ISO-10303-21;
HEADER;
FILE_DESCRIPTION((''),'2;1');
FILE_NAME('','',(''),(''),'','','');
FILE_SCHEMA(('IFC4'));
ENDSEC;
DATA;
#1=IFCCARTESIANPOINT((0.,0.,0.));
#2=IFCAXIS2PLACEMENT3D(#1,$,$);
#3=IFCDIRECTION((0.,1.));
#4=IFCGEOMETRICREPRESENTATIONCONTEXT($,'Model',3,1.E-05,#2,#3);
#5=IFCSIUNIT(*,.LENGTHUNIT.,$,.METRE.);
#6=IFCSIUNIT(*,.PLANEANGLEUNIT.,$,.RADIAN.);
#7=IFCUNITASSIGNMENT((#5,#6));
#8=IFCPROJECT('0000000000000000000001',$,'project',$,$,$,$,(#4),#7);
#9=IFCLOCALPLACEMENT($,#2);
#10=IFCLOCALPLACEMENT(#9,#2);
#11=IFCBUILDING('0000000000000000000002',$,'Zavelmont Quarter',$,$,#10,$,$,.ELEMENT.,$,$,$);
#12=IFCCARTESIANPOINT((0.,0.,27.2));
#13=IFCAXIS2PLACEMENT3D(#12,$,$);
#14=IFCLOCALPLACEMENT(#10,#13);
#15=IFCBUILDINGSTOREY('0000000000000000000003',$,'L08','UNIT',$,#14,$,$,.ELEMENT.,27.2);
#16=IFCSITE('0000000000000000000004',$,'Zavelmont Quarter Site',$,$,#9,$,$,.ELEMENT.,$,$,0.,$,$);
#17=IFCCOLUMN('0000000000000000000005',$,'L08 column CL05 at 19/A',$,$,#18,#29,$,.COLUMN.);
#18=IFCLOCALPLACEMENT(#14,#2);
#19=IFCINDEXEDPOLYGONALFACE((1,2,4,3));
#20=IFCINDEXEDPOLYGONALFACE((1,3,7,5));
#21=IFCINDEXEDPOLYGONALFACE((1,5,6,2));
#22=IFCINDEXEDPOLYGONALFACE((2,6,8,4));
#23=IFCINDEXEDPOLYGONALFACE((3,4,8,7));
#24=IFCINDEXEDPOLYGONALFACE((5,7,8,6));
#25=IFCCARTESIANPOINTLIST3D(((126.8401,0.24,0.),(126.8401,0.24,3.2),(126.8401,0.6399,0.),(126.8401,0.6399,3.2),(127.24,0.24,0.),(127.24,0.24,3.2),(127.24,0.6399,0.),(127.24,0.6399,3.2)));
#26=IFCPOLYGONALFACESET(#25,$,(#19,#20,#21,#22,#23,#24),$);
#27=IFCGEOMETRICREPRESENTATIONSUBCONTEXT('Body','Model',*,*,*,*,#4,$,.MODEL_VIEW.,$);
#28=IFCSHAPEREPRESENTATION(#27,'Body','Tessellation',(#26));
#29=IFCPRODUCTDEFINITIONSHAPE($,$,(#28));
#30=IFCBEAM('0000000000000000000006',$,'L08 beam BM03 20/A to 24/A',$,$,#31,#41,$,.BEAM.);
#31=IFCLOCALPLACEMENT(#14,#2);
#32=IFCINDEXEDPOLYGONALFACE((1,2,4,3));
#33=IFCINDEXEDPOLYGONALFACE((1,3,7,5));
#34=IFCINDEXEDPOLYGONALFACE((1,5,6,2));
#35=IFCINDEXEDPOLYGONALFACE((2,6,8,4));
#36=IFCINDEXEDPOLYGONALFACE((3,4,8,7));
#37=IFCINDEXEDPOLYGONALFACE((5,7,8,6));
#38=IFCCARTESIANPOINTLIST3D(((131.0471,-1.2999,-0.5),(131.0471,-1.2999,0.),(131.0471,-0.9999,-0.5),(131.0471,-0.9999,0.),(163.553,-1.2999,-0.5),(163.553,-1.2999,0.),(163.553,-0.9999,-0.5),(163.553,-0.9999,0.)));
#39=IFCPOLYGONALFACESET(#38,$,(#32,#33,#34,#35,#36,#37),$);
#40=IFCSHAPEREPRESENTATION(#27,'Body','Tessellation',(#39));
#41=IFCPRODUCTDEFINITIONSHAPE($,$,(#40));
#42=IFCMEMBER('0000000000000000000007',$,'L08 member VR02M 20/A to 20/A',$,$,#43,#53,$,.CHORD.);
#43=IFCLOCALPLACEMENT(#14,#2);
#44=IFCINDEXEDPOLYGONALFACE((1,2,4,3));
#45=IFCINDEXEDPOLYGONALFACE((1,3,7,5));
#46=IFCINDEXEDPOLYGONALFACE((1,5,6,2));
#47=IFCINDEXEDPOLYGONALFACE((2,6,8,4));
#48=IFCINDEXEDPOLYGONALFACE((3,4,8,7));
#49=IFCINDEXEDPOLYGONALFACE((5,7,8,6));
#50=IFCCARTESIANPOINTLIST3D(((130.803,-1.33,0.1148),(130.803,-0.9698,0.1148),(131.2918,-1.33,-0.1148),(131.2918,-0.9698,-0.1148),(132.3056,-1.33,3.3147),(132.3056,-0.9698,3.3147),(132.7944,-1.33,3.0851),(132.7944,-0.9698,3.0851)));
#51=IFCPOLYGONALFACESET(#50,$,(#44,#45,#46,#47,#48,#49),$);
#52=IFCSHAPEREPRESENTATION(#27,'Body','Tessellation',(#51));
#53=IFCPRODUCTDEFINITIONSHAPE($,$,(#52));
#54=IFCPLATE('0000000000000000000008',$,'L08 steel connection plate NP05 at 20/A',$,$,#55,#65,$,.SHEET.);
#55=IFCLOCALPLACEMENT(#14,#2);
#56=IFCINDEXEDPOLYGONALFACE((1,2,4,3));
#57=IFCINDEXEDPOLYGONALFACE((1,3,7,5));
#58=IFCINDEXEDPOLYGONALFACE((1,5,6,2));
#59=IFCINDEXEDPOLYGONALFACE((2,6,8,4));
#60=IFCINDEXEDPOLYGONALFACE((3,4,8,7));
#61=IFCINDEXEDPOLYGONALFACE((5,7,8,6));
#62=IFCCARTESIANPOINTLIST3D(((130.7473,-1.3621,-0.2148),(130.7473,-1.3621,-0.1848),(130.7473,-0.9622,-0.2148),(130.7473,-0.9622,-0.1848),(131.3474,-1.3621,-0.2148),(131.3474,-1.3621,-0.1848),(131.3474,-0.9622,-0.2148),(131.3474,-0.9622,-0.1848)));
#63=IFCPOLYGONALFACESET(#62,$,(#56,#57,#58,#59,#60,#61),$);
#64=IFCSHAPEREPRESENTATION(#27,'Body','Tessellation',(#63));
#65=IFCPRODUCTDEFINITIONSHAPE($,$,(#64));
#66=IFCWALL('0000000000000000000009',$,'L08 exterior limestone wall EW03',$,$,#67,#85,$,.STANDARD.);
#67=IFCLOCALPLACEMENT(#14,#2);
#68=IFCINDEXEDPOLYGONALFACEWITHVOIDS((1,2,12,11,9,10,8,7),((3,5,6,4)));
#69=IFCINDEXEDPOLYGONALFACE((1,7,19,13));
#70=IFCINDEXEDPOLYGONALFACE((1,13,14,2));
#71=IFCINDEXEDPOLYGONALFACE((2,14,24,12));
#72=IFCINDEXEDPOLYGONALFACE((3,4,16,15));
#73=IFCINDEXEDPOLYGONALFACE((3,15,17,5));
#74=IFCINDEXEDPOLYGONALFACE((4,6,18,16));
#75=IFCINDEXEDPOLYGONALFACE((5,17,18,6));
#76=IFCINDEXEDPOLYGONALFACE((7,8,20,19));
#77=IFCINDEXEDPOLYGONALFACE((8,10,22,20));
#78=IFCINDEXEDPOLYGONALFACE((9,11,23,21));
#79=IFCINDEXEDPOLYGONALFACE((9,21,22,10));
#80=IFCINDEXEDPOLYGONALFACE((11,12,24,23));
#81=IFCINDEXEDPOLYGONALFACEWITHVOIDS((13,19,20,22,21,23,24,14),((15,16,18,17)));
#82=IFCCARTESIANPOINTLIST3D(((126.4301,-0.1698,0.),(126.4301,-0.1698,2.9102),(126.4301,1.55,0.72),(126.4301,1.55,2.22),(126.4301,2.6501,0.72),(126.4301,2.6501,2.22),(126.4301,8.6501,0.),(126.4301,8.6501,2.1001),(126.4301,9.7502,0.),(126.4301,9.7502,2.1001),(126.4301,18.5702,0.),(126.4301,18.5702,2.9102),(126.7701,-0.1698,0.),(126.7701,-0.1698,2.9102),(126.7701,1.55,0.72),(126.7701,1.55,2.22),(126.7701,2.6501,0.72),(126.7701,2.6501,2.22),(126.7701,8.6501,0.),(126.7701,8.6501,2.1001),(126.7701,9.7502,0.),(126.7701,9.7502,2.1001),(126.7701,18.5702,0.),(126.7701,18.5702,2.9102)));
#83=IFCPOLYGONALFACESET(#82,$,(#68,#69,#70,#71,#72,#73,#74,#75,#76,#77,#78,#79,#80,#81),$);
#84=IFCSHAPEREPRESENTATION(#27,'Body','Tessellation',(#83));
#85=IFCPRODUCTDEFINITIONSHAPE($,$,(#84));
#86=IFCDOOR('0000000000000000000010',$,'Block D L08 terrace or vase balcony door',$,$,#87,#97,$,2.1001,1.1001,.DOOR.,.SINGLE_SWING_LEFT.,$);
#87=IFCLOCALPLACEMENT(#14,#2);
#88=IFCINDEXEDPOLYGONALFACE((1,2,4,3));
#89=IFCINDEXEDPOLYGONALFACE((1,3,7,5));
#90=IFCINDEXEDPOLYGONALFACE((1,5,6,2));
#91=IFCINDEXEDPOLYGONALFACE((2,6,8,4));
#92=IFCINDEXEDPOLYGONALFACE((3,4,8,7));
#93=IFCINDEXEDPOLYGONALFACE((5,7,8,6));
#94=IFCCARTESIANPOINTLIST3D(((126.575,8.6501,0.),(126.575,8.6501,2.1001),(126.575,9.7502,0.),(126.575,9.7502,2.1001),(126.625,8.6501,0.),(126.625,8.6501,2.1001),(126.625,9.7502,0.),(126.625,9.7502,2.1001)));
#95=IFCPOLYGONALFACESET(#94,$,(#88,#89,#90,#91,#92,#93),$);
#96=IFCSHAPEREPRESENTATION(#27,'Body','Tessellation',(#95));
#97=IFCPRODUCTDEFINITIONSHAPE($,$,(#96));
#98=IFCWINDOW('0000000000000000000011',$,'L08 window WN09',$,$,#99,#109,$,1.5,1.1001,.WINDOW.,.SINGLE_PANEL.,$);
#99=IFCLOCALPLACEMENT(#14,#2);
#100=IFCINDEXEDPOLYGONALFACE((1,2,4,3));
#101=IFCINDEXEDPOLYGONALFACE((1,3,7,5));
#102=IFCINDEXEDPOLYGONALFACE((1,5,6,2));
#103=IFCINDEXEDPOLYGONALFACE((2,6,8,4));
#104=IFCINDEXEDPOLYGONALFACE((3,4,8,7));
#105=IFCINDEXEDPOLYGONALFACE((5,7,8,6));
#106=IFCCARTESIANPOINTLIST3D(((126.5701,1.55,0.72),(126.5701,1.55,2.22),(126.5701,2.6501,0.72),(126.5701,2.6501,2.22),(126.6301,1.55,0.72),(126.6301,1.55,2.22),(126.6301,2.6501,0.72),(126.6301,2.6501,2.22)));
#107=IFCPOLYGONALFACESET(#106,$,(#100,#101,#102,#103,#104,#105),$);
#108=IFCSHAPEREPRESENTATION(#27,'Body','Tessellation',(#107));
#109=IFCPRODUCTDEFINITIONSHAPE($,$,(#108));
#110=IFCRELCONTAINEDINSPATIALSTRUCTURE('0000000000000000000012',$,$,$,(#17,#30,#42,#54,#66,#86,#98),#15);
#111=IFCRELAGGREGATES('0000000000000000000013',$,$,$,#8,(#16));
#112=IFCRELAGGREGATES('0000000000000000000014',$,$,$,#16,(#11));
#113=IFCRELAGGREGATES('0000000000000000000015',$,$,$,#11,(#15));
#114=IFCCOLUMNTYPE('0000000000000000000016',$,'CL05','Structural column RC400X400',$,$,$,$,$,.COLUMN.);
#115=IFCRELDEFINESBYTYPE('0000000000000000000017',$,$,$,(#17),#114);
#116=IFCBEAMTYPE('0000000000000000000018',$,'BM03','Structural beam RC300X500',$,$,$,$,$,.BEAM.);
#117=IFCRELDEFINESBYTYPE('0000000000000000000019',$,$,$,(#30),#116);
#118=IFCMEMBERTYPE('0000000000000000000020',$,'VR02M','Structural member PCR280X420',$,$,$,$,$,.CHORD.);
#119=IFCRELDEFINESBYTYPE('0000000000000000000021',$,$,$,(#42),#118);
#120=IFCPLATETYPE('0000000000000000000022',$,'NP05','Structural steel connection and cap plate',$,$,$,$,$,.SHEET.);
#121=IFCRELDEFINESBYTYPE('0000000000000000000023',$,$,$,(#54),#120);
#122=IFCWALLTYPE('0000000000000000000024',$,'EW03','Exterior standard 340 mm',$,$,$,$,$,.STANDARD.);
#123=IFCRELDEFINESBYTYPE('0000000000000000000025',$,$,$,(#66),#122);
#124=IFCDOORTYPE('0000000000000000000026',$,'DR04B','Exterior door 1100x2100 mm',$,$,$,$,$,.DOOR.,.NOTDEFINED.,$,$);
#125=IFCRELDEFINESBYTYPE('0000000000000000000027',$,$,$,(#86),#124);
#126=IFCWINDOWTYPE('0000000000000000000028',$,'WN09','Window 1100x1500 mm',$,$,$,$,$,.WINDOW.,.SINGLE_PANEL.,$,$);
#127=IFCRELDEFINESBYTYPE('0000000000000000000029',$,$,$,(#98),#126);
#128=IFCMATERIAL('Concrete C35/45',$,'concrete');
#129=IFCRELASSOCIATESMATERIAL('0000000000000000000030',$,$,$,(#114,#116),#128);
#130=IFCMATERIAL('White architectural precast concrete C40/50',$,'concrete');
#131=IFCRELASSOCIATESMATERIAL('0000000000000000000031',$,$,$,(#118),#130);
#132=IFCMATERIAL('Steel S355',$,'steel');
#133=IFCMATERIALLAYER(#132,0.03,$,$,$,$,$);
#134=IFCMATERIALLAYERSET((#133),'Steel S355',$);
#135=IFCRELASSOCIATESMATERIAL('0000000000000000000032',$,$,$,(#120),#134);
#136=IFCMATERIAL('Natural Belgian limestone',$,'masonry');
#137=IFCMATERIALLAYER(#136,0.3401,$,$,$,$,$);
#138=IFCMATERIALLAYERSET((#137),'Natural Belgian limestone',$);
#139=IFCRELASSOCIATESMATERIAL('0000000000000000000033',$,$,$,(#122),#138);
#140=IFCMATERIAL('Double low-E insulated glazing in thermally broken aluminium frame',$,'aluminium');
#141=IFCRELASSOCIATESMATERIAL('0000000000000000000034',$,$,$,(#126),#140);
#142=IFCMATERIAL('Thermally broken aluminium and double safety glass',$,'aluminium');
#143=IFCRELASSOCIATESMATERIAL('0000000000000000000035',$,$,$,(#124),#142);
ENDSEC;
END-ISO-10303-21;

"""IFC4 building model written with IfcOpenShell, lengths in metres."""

from ifc_helpers import new_model, si_unit, direction, frame, frame_2d, origin, origin_with_axes, origin_2d, place, context, subcontext, project, spatial, rectangle, extrude, material, layer, layer_set, material_profile, profile_set, type_object, element, fill, save


model = new_model("IFC4")

# Units and contexts
model_context = context("Model", 3, precision=1e-05, world=origin(), true_north=direction((0.0, 1.0)))
body_context = subcontext(model_context, "Body", "Model", "MODEL_VIEW")
ifc_project = project(units=[si_unit("LENGTHUNIT", "METRE"), si_unit("PLANEANGLEUNIT", "RADIAN")], contexts=[model_context])

# Site, building, storey
site_placement = place(None, origin())
site = spatial("IfcSite", under=ifc_project, at=site_placement, Name="Zavelmont Quarter Site", CompositionType="ELEMENT", RefElevation=0.0)
building_placement = place(site_placement, origin())
building = spatial("IfcBuilding", under=site, at=building_placement, Name="Zavelmont Quarter", CompositionType="ELEMENT")
storey_placement = place(building_placement, frame((0.0, 0.0, 27.2)))
storey = spatial("IfcBuildingStorey", under=building, at=storey_placement, Name="L08", Description="UNIT", CompositionType="ELEMENT", Elevation=27.2)

# Column
ifc_material_1 = material(Name="Concrete C35/45", Category="concrete")
ifc_material_profile_1 = material_profile(ifc_material_1, rectangle(XDim=0.3999, YDim=0.3999, at=origin_2d()), Name="RC400X400")
ifc_profile_set_1 = profile_set([ifc_material_profile_1], Name="Concrete C35/45")
column_type = type_object("IfcColumnType", Name="CL05", Description="Structural column RC400X400", PredefinedType="COLUMN", material=ifc_profile_set_1)
column_placement = place(storey_placement, frame((127.04, 0.4399, 0.0), z_axis=(0.0, 0.0, 1.0), x_axis=(1.0, 0.0, 0.0)))
element("IfcColumn", 1, at=column_placement, inside=storey, type_object=column_type, Name="L08 column CL05 at 19/A", PredefinedType="COLUMN", context=body_context, shape_type="SweptSolid", body=[
    extrude(rectangle(XDim=0.3999, YDim=0.3999, at=origin_2d()), origin(), (0.0, 0.0, 1.0), 3.2),
])

# Beam
ifc_material_profile_2 = material_profile(ifc_material_1, rectangle(XDim=0.3, YDim=0.5, at=origin_2d()), Name="RC300X500")
ifc_profile_set_2 = profile_set([ifc_material_profile_2], Name="Concrete C35/45")
beam_type = type_object("IfcBeamType", Name="BM03", Description="Structural beam RC300X500", PredefinedType="BEAM", material=ifc_profile_set_2)
beam_placement = place(storey_placement, frame((131.0471, -1.1499, -0.25), z_axis=(1.0, 0.0, 0.0), x_axis=(0.0, 1.0, 0.0)))
element("IfcBeam", 2, at=beam_placement, inside=storey, type_object=beam_type, Name="L08 beam BM03 20/A to 24/A", PredefinedType="BEAM", context=body_context, shape_type="SweptSolid", body=[
    extrude(rectangle(XDim=0.3, YDim=0.5, at=origin_2d()), origin(), (0.0, 0.0, 1.0), 32.5059),
])

# Member
ifc_material_2 = material(Name="White architectural precast concrete C40/50", Category="concrete")
ifc_material_profile_3 = material_profile(ifc_material_2, rectangle(XDim=0.3601, YDim=0.54, at=origin_2d()), Name="PCR280X420")
ifc_profile_set_3 = profile_set([ifc_material_profile_3], Name="White architectural precast concrete C40/50")
member_type = type_object("IfcMemberType", Name="VR02M", Description="Structural member PCR280X420", PredefinedType="CHORD", material=ifc_profile_set_3)
member_placement = place(storey_placement, frame((131.0474, -1.1499, 0.0), z_axis=(0.425062, 0.0, 0.905164), x_axis=(0.0, 1.0, 0.0)))
element("IfcMember", 3, at=member_placement, inside=storey, type_object=member_type, Name="L08 member VR02M 20/A to 20/A", PredefinedType="CHORD", context=body_context, shape_type="SweptSolid", body=[
    extrude(rectangle(XDim=0.3601, YDim=0.54, at=origin_2d()), origin(), (0.0, 0.0, 1.0), 3.5352),
])

# Plate
ifc_material_3 = material(Name="Steel S355", Category="steel")
ifc_layer_1 = layer(ifc_material_3, 0.03)
ifc_layer_set_1 = layer_set([ifc_layer_1], Name="Steel S355")
plate_type = type_object("IfcPlateType", Name="NP05", Description="Structural steel connection and cap plate", PredefinedType="SHEET", material=ifc_layer_set_1)
plate_placement = place(storey_placement, frame((131.0474, -1.1621, -0.2148), z_axis=(0.0, 0.0, 1.0), x_axis=(1.0, 0.0, 0.0)))
element("IfcPlate", 4, at=plate_placement, inside=storey, type_object=plate_type, Name="L08 steel connection plate NP05 at 20/A", PredefinedType="SHEET", context=body_context, shape_type="SweptSolid", body=[
    extrude(rectangle(XDim=0.6001, YDim=0.3999, at=origin_2d()), origin(), (0.0, 0.0, 1.0), 0.03),
])

# Shared definitions
ifc_material_4 = material(Name="Natural Belgian limestone", Category="masonry")
ifc_layer_2 = layer(ifc_material_4, 0.3401)
ifc_layer_set_2 = layer_set([ifc_layer_2], Name="Natural Belgian limestone")
wall_type = type_object("IfcWallType", Name="EW03", Description="Exterior standard 340 mm", PredefinedType="STANDARD", material=ifc_layer_set_2)
ifc_material_5 = material(Name="Thermally broken aluminium and double safety glass", Category="aluminium")
ifc_material_6 = material(Name="Double low-E insulated glazing in thermally broken aluminium frame", Category="aluminium")
window_type_1 = type_object("IfcWindowType", Name="WN09", Description="Window 1100x1500 mm", PartitioningType="SINGLE_PANEL", PredefinedType="WINDOW", material=ifc_material_6)

# Wall, openings, door, window
wall_1_placement = place(storey_placement, frame((126.6001, -0.1699, 0.0), z_axis=(0.0, 0.0, 1.0), x_axis=(0.0, 1.0, 0.0)))
wall_1 = element("IfcWall", 5, at=wall_1_placement, inside=storey, type_object=wall_type, Name="L08 exterior limestone wall EW03", PredefinedType="STANDARD", context=body_context, shape_type="SweptSolid", body=[
    extrude(rectangle(XDim=18.74, YDim=0.3401, at=frame_2d((9.3701, 0.0))), origin(), (0.0, 0.0, 1.0), 2.9102),
])
opening_1_placement = place(wall_1_placement, frame((8.8201, 0.0, 0.0)))
opening_1 = element("IfcOpeningElement", 6, at=opening_1_placement, cuts=wall_1, PredefinedType="OPENING", context=body_context, shape_type="SweptSolid", body=[
    extrude(rectangle(XDim=1.1001, YDim=2.1001, at=frame_2d((0.55, 1.05))), frame((0.0, 0.1821, 0.0), z_axis=(0.0, -1.0, 0.0), x_axis=(1.0, 0.0, 0.0)), (0.0, 0.0, 1.0), 0.364),
])
opening_2_placement = place(wall_1_placement, frame((1.72, 0.0, 0.72)))
opening_2 = element("IfcOpeningElement", 7, at=opening_2_placement, cuts=wall_1, PredefinedType="OPENING", context=body_context, shape_type="SweptSolid", body=[
    extrude(rectangle(XDim=1.1001, YDim=1.5, at=frame_2d((0.55, 0.75))), frame((0.0, 0.1821, 0.0), z_axis=(0.0, -1.0, 0.0), x_axis=(1.0, 0.0, 0.0)), (0.0, 0.0, 1.0), 0.364),
])
door_type_1 = type_object("IfcDoorType", Name="DR04B", Description="Exterior door 1100x2100 mm", OperationType="NOTDEFINED", PredefinedType="DOOR", material=ifc_material_5)
door_1_placement = place(opening_1_placement, frame((1.1001, 0.0, 0.0), z_axis=(0.0, 0.0, 1.0), x_axis=(-1.0, 0.0, 0.0)))
door_1 = element("IfcDoor", 8, at=door_1_placement, inside=storey, type_object=door_type_1, Name="Block D L08 terrace or vase balcony door", OperationType="SINGLE_SWING_LEFT", OverallHeight=2.1001, OverallWidth=1.1001, PredefinedType="DOOR", context=body_context, shape_type="SweptSolid", body=[
    extrude(rectangle(XDim=1.1001, YDim=2.1001, at=frame_2d((0.55, 1.05))), frame((0.0, 0.0249, 0.0), z_axis=(0.0, -1.0, 0.0), x_axis=(1.0, 0.0, 0.0)), (0.0, 0.0, 1.0), 0.05),
])
fill(opening_1, door_1)
window_1_placement = place(opening_2_placement, origin_with_axes())
window_1 = element("IfcWindow", 9, at=window_1_placement, inside=storey, type_object=window_type_1, Name="L08 window WN09", OverallHeight=1.5, OverallWidth=1.1001, PartitioningType="SINGLE_PANEL", PredefinedType="WINDOW", context=body_context, shape_type="SweptSolid", body=[
    extrude(rectangle(XDim=1.1001, YDim=1.5, at=frame_2d((0.55, 0.75))), frame((0.0, 0.03, 0.0), z_axis=(0.0, -1.0, 0.0), x_axis=(1.0, 0.0, 0.0)), (0.0, 0.0, 1.0), 0.0601),
])
fill(opening_2, window_1)

save(model, "model.ifc")
